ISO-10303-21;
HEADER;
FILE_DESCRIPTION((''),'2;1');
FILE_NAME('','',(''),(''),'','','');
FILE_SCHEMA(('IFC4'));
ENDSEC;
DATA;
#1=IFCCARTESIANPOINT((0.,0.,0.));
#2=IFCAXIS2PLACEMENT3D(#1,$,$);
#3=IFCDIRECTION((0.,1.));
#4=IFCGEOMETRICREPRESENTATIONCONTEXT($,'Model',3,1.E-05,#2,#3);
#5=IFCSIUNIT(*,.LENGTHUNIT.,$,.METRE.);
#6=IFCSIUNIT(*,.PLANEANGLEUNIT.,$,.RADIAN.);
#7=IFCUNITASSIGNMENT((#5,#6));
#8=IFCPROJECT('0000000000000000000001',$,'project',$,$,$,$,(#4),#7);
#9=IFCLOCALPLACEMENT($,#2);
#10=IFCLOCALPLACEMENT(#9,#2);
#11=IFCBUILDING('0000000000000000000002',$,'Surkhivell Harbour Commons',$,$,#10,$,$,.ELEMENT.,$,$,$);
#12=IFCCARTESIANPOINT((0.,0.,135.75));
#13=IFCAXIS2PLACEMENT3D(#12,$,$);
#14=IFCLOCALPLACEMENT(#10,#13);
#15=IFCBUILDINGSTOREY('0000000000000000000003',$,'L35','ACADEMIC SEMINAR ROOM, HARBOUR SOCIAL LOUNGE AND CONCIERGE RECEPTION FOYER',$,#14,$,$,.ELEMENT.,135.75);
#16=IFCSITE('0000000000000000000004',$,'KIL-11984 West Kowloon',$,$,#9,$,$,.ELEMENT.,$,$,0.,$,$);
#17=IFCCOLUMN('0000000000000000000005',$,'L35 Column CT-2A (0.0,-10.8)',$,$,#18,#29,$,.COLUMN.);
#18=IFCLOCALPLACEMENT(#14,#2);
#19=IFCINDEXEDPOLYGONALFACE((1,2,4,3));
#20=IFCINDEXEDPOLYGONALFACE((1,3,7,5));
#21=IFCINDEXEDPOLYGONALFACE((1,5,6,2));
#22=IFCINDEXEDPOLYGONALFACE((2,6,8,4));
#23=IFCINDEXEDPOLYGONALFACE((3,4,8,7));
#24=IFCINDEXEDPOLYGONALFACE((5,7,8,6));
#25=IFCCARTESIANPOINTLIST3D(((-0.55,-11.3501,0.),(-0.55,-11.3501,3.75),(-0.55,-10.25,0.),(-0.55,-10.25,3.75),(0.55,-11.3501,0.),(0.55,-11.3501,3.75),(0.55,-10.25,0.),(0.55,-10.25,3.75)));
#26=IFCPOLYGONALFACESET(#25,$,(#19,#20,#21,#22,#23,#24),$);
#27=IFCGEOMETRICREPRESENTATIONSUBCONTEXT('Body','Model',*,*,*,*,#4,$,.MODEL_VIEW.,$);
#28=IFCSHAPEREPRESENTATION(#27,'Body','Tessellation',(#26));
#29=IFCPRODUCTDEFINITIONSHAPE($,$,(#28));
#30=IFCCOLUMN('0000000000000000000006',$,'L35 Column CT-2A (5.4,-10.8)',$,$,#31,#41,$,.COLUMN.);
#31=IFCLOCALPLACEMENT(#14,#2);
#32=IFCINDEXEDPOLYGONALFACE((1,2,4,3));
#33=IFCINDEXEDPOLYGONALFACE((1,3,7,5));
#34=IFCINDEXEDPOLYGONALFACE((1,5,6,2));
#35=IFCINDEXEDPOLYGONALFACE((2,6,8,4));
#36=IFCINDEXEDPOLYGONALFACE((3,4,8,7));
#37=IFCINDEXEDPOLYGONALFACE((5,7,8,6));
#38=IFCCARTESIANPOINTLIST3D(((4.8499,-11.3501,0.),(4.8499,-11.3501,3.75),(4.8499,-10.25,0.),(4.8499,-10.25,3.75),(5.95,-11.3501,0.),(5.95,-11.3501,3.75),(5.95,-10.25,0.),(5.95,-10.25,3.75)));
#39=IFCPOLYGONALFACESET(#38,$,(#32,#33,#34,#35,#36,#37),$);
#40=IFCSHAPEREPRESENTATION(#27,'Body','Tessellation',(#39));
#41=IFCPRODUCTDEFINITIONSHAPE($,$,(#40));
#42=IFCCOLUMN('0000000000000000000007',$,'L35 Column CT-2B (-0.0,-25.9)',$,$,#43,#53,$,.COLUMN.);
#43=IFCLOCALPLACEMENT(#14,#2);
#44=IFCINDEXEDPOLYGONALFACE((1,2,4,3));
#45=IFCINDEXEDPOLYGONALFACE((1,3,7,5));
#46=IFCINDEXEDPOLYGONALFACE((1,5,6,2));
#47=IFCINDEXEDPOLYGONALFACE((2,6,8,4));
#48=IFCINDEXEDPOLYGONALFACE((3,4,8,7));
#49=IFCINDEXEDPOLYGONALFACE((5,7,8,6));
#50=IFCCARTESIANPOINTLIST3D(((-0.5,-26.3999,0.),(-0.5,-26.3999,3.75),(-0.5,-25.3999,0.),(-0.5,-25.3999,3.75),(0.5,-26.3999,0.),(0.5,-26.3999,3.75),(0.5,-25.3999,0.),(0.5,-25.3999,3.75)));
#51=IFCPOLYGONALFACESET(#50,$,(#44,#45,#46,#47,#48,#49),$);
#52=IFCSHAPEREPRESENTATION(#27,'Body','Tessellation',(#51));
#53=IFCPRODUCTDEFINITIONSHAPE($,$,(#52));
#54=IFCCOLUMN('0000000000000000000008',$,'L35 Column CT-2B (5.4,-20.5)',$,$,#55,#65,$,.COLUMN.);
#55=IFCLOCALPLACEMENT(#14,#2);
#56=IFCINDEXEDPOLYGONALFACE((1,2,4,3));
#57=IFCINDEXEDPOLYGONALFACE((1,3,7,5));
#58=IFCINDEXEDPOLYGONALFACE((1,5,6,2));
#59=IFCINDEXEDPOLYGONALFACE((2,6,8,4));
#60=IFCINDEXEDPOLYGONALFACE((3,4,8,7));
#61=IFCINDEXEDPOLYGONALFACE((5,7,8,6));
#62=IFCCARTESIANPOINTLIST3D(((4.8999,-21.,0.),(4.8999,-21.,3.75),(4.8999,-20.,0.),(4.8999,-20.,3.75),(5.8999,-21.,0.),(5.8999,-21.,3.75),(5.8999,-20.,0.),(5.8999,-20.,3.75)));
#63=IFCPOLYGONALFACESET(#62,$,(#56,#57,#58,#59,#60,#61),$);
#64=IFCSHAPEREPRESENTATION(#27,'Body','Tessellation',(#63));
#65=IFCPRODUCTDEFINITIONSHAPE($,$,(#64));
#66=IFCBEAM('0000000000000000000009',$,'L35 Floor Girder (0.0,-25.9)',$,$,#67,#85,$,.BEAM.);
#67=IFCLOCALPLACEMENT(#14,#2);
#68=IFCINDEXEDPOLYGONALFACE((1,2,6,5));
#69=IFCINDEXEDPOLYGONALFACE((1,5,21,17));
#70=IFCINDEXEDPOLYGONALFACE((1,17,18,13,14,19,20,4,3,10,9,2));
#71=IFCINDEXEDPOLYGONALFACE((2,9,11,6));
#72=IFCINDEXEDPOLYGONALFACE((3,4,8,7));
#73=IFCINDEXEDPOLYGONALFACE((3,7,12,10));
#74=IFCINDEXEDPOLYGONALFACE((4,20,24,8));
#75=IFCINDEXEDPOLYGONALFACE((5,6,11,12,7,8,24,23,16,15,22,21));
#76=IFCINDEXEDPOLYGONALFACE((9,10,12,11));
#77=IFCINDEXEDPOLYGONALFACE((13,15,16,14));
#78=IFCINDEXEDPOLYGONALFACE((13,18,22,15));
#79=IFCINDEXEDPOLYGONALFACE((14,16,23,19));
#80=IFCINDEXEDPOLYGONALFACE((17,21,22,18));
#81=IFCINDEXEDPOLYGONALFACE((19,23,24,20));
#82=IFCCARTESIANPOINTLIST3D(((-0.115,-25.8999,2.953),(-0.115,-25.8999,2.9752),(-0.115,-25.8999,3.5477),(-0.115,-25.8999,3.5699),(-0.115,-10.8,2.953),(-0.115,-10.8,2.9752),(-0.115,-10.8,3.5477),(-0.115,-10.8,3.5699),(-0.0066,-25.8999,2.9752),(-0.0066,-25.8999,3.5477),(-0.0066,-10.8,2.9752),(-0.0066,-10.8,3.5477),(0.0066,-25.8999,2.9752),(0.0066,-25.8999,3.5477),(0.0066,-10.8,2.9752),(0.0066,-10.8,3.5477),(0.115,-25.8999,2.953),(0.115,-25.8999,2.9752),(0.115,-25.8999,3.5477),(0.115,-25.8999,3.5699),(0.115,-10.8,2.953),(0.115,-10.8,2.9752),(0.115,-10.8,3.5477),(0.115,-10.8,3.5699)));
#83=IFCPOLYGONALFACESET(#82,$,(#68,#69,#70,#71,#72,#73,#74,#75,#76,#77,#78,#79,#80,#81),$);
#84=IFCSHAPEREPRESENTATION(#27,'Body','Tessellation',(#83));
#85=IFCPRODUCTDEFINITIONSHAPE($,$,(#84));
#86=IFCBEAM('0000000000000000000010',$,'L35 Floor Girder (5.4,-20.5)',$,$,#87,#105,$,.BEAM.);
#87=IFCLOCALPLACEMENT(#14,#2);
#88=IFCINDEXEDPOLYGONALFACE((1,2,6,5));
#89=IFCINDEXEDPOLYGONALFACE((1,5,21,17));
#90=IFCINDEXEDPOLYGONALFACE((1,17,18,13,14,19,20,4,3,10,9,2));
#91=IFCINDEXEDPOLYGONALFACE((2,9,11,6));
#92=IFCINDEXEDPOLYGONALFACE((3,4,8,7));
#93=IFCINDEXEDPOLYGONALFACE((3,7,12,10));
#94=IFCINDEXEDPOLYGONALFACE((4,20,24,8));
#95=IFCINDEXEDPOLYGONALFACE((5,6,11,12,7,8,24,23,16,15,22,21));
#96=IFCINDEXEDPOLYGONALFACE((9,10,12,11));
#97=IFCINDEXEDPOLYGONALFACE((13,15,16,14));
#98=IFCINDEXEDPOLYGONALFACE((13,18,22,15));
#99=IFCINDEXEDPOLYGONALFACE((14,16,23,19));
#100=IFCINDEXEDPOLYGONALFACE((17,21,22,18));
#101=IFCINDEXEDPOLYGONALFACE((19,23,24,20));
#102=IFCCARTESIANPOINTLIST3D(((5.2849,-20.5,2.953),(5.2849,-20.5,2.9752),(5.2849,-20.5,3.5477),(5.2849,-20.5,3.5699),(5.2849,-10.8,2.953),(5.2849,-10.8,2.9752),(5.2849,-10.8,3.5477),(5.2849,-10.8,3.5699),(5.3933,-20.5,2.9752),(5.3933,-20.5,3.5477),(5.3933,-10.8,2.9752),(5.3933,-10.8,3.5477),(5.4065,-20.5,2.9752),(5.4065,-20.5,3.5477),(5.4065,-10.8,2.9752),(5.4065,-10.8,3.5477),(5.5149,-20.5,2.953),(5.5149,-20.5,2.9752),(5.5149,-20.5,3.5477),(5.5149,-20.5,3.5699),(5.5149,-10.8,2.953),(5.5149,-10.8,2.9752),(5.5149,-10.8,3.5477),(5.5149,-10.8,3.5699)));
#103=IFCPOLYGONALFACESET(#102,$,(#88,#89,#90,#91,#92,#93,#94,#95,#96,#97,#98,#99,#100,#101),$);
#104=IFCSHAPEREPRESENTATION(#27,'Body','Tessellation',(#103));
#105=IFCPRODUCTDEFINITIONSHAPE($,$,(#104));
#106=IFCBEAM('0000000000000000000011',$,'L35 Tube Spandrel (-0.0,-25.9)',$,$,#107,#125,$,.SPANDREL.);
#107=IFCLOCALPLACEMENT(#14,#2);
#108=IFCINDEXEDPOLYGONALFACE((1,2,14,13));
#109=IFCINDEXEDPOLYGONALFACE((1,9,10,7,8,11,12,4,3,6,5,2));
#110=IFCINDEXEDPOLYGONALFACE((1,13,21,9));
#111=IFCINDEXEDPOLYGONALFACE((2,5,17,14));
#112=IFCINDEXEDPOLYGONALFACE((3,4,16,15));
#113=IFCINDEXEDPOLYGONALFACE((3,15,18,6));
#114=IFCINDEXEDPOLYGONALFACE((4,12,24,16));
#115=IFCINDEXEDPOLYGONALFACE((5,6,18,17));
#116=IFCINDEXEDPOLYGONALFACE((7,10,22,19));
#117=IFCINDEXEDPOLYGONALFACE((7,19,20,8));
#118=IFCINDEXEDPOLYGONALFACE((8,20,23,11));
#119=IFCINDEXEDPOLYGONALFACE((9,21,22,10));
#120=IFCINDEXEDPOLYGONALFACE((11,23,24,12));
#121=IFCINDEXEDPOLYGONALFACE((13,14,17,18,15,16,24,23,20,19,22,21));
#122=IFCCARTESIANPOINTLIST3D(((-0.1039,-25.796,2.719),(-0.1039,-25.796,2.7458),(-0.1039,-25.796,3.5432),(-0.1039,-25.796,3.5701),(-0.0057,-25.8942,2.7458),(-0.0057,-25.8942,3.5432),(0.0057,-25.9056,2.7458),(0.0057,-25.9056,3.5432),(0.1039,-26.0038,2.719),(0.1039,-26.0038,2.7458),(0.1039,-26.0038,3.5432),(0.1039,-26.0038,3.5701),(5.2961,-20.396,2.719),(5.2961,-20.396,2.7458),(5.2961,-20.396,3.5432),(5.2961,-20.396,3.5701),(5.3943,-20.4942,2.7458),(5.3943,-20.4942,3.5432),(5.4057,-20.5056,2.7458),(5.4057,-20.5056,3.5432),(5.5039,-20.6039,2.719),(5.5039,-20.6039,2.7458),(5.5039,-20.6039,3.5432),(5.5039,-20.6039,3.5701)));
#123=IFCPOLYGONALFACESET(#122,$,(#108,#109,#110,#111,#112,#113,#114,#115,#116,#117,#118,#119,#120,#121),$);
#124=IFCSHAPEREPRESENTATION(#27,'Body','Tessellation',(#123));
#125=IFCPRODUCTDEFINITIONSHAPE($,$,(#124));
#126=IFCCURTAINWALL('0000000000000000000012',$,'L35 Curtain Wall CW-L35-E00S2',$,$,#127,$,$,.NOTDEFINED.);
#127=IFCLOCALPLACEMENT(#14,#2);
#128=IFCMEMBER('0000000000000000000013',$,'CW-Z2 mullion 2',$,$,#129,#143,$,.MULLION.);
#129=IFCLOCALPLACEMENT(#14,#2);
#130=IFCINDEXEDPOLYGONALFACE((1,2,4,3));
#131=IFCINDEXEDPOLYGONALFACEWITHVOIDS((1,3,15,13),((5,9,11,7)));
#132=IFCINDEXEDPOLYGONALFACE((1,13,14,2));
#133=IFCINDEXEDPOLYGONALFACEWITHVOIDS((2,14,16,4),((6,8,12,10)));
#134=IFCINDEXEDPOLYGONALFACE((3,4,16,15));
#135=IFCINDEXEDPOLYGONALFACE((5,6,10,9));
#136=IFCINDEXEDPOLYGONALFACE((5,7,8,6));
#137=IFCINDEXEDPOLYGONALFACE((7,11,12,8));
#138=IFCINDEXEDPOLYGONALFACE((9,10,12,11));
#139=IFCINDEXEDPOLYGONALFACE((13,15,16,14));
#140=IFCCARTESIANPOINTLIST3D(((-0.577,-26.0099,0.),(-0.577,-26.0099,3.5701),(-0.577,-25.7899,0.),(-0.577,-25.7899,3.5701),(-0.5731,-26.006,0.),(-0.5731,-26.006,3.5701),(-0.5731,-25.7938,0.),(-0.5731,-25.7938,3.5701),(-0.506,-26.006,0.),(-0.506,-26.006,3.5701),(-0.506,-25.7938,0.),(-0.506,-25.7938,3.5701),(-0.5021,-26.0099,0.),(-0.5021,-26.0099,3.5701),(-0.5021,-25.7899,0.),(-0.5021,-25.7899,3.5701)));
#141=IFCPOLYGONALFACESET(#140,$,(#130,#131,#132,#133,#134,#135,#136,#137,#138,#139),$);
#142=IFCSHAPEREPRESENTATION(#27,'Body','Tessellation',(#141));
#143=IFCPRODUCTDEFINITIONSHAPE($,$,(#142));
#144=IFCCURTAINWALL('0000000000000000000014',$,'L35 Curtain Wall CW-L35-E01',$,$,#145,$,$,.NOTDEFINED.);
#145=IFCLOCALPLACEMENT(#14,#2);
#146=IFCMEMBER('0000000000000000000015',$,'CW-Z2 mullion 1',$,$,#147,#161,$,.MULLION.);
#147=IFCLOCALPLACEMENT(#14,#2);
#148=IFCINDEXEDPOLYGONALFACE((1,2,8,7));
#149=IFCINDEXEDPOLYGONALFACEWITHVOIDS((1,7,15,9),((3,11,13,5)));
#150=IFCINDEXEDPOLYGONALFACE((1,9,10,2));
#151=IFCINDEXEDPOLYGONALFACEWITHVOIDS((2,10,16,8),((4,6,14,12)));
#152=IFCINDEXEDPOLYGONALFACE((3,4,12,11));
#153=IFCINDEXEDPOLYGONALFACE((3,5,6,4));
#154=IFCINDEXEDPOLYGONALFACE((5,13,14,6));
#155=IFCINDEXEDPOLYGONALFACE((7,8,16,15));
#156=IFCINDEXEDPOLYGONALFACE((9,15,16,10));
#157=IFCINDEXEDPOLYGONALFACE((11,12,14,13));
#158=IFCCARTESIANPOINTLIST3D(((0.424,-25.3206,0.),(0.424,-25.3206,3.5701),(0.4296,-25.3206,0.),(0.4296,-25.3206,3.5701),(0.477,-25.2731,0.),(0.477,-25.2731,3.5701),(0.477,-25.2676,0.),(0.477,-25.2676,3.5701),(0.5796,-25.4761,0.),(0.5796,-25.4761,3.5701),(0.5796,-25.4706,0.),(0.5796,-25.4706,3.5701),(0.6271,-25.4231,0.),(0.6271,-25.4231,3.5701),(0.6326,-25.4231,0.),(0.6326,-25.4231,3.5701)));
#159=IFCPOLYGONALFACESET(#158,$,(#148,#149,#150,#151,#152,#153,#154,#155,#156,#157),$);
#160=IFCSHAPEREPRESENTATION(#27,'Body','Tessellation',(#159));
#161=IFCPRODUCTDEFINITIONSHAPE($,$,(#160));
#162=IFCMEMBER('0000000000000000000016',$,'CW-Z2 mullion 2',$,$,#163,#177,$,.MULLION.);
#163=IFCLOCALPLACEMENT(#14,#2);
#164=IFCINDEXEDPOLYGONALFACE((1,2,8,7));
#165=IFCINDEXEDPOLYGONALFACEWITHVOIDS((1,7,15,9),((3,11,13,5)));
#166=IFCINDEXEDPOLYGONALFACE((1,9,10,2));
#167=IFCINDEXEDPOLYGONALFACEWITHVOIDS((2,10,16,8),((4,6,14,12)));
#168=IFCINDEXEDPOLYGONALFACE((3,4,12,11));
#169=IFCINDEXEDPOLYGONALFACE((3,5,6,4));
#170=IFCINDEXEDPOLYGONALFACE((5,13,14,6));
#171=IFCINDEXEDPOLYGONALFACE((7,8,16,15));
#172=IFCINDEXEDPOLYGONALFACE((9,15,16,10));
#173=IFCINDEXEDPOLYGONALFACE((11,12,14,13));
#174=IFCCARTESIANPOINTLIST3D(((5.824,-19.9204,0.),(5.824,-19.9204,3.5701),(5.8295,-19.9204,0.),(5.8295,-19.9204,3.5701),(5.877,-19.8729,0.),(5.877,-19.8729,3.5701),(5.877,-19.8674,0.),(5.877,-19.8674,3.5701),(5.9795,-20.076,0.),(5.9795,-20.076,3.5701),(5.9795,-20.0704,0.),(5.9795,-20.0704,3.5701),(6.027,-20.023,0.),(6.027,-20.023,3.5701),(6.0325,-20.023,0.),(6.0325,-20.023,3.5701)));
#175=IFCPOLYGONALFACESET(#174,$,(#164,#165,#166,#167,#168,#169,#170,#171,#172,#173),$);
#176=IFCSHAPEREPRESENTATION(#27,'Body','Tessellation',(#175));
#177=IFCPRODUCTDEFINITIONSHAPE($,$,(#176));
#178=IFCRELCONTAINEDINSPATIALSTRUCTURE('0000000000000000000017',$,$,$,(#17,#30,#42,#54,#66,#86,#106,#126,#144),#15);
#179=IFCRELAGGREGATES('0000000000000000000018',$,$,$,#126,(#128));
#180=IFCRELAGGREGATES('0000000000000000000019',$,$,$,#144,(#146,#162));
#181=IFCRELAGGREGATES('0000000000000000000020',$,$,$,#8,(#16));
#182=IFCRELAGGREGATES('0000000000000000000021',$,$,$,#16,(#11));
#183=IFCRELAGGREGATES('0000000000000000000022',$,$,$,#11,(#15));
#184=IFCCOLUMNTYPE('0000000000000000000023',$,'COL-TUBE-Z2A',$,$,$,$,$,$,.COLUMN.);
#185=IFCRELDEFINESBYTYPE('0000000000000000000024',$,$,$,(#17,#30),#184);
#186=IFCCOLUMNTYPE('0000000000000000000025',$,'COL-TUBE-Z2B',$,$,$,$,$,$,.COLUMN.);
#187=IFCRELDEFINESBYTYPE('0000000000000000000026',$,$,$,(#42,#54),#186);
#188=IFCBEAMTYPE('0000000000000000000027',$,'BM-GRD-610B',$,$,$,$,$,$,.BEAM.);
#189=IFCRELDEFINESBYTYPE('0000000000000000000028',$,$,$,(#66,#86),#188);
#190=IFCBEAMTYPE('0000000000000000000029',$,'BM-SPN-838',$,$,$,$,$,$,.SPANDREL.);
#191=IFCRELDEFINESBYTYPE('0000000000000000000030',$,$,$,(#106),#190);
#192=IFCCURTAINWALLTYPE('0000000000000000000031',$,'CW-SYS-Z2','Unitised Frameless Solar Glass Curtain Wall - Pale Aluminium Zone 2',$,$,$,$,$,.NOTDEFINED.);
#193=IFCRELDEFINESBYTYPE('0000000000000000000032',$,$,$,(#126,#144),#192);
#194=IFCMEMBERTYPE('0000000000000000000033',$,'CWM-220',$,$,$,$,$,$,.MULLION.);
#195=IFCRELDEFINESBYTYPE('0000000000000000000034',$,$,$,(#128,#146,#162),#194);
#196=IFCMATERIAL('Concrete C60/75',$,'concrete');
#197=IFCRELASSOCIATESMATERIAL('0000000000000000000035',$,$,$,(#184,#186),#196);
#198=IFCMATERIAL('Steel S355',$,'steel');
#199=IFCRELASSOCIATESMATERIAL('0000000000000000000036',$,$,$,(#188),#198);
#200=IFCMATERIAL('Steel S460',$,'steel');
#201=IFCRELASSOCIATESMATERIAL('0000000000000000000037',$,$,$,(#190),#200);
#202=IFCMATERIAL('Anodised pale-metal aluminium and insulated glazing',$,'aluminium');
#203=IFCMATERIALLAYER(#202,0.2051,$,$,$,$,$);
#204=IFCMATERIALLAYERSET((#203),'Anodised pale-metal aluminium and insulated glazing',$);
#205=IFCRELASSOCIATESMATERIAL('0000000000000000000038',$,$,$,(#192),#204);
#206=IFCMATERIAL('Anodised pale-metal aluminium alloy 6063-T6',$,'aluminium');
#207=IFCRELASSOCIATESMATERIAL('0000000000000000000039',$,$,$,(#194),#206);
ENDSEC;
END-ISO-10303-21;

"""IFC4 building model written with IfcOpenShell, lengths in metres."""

from ifc_helpers import new_model, si_unit, direction, frame, origin, origin_2d, place, context, subcontext, project, spatial, rectangle, hollow_rectangle, i_section, extrude, material, layer, layer_set, material_profile, profile_set, type_object, element, aggregate, save


model = new_model("IFC4")

# Units and contexts
model_context = context("Model", 3, precision=1e-05, world=origin(), true_north=direction((0.0, 1.0)))
body_context = subcontext(model_context, "Body", "Model", "MODEL_VIEW")
ifc_project = project(units=[si_unit("LENGTHUNIT", "METRE"), si_unit("PLANEANGLEUNIT", "RADIAN")], contexts=[model_context])

# Site, building, storey
site_placement = place(None, origin())
site = spatial("IfcSite", under=ifc_project, at=site_placement, Name="KIL-11984 West Kowloon", CompositionType="ELEMENT", RefElevation=0.0)
building_placement = place(site_placement, origin())
building = spatial("IfcBuilding", under=site, at=building_placement, Name="Surkhivell Harbour Commons", CompositionType="ELEMENT")
storey_placement = place(building_placement, frame((0.0, 0.0, 135.75)))
storey = spatial("IfcBuildingStorey", under=building, at=storey_placement, Name="L35", Description="ACADEMIC SEMINAR ROOM, HARBOUR SOCIAL LOUNGE AND CONCIERGE RECEPTION FOYER", CompositionType="ELEMENT", Elevation=135.75)

# Columns
ifc_material_1 = material(Name="Concrete C60/75", Category="concrete")
ifc_material_profile_1 = material_profile(ifc_material_1, rectangle(XDim=1.1001, YDim=1.1001, at=origin_2d()), Name="RC-COL-1100x1100")
ifc_profile_set_1 = profile_set([ifc_material_profile_1], Name="Concrete C60/75")
column_type_1 = type_object("IfcColumnType", Name="COL-TUBE-Z2A", PredefinedType="COLUMN", material=ifc_profile_set_1)
for number, where, z_axis, x_axis, name in (
    (1, (0.0, -10.8, 0.0), (0.0, 0.0, 1.0), (1.0, 0.0, 0.0), "L35 Column CT-2A (0.0,-10.8)"),
    (2, (5.3999, -10.8, 0.0), (0.0, 0.0, 1.0), (1.0, 0.0, 0.0), "L35 Column CT-2A (5.4,-10.8)"),
):
    element("IfcColumn", number, at=place(storey_placement, frame(where, z_axis=z_axis, x_axis=x_axis)), inside=storey, type_object=column_type_1, Name=name, PredefinedType="COLUMN", context=body_context, shape_type="SweptSolid", body=[
        extrude(rectangle(XDim=1.1001, YDim=1.1001, at=origin_2d()), origin(), (0.0, 0.0, 1.0), 3.75),
    ])
ifc_material_profile_2 = material_profile(ifc_material_1, rectangle(XDim=1.0, YDim=1.0, at=origin_2d()), Name="RC-COL-1000x1000")
ifc_profile_set_2 = profile_set([ifc_material_profile_2], Name="Concrete C60/75")
column_type_2 = type_object("IfcColumnType", Name="COL-TUBE-Z2B", PredefinedType="COLUMN", material=ifc_profile_set_2)
for number, where, z_axis, x_axis, name in (
    (3, (0.0, -25.8999, 0.0), (0.0, 0.0, 1.0), (1.0, 0.0, 0.0), "L35 Column CT-2B (-0.0,-25.9)"),
    (4, (5.3999, -20.5, 0.0), (0.0, 0.0, 1.0), (1.0, 0.0, 0.0), "L35 Column CT-2B (5.4,-20.5)"),
):
    element("IfcColumn", number, at=place(storey_placement, frame(where, z_axis=z_axis, x_axis=x_axis)), inside=storey, type_object=column_type_2, Name=name, PredefinedType="COLUMN", context=body_context, shape_type="SweptSolid", body=[
        extrude(rectangle(XDim=1.0, YDim=1.0, at=origin_2d()), origin(), (0.0, 0.0, 1.0), 3.75),
    ])

# Beams
ifc_material_2 = material(Name="Steel S355", Category="steel")
ifc_material_profile_3 = material_profile(ifc_material_2, i_section(OverallWidth=0.23, OverallDepth=0.6169, WebThickness=0.0132, FlangeThickness=0.0222, at=origin_2d()), Name="UB610x229x140")
ifc_profile_set_3 = profile_set([ifc_material_profile_3], Name="Steel S355")
beam_type_1 = type_object("IfcBeamType", Name="BM-GRD-610B", PredefinedType="BEAM", material=ifc_profile_set_3)
beam_1_placement = place(storey_placement, frame((0.0, -25.8999, 3.2615), z_axis=(0.0, 1.0, 0.0), x_axis=(-1.0, 0.0, 0.0)))
element("IfcBeam", 5, at=beam_1_placement, inside=storey, type_object=beam_type_1, Name="L35 Floor Girder (0.0,-25.9)", PredefinedType="BEAM", context=body_context, shape_type="SweptSolid", body=[
    extrude(i_section(OverallWidth=0.23, OverallDepth=0.6169, WebThickness=0.0132, FlangeThickness=0.0222, at=origin_2d()), origin(), (0.0, 0.0, 1.0), 15.0999),
])
beam_2_placement = place(storey_placement, frame((5.3999, -20.5, 3.2615), z_axis=(0.0, 1.0, 0.0), x_axis=(-1.0, 0.0, 0.0)))
element("IfcBeam", 6, at=beam_2_placement, inside=storey, type_object=beam_type_1, Name="L35 Floor Girder (5.4,-20.5)", PredefinedType="BEAM", context=body_context, shape_type="SweptSolid", body=[
    extrude(i_section(OverallWidth=0.23, OverallDepth=0.6169, WebThickness=0.0132, FlangeThickness=0.0222, at=origin_2d()), origin(), (0.0, 0.0, 1.0), 9.7),
])
ifc_material_3 = material(Name="Steel S460", Category="steel")
ifc_material_profile_4 = material_profile(ifc_material_3, i_section(OverallWidth=0.2939, OverallDepth=0.8511, WebThickness=0.0161, FlangeThickness=0.0269, at=origin_2d()), Name="UB838x292x226")
ifc_profile_set_4 = profile_set([ifc_material_profile_4], Name="Steel S460")
beam_type_2 = type_object("IfcBeamType", Name="BM-SPN-838", PredefinedType="SPANDREL", material=ifc_profile_set_4)
beam_3_placement = place(storey_placement, frame((0.0, -25.8999, 3.1445), z_axis=(0.707107, 0.707107, 0.0), x_axis=(-0.707107, 0.707107, 0.0)))
element("IfcBeam", 7, at=beam_3_placement, inside=storey, type_object=beam_type_2, Name="L35 Tube Spandrel (-0.0,-25.9)", PredefinedType="SPANDREL", context=body_context, shape_type="SweptSolid", body=[
    extrude(i_section(OverallWidth=0.2939, OverallDepth=0.8511, WebThickness=0.0161, FlangeThickness=0.0269, at=origin_2d()), origin(), (0.0, 0.0, 1.0), 7.6367),
])

# Curtain wall, member
ifc_material_4 = material(Name="Anodised pale-metal aluminium and insulated glazing", Category="aluminium")
ifc_layer_1 = layer(ifc_material_4, 0.2051)
ifc_layer_set_1 = layer_set([ifc_layer_1], Name="Anodised pale-metal aluminium and insulated glazing")
curtain_wall_type = type_object("IfcCurtainWallType", Name="CW-SYS-Z2", Description="Unitised Frameless Solar Glass Curtain Wall - Pale Aluminium Zone 2", PredefinedType="NOTDEFINED", material=ifc_layer_set_1)
curtain_wall_1_placement = place(storey_placement, origin())
curtain_wall_1 = element("IfcCurtainWall", 8, at=curtain_wall_1_placement, inside=storey, type_object=curtain_wall_type, Name="L35 Curtain Wall CW-L35-E00S2", PredefinedType="NOTDEFINED")
ifc_material_5 = material(Name="Anodised pale-metal aluminium alloy 6063-T6", Category="aluminium")
ifc_material_profile_5 = material_profile(ifc_material_5, hollow_rectangle(XDim=0.075, YDim=0.22, WallThickness=0.0039, at=origin_2d()), Name="ALU-MULL-75x220")
ifc_profile_set_5 = profile_set([ifc_material_profile_5], Name="Anodised pale-metal aluminium alloy 6063-T6")
member_type_1 = type_object("IfcMemberType", Name="CWM-220", PredefinedType="MULLION", material=ifc_profile_set_5)
member_1_placement = place(storey_placement, frame((-0.5396, -25.8999, 0.0), z_axis=(0.0, 0.0, 1.0), x_axis=(1.0, 0.0, 0.0)))
member_1 = element("IfcMember", 9, at=member_1_placement, type_object=member_type_1, Name="CW-Z2 mullion 2", PredefinedType="MULLION", context=body_context, shape_type="SweptSolid", body=[
    extrude(hollow_rectangle(XDim=0.075, YDim=0.22, WallThickness=0.0039, at=origin_2d()), origin(), (0.0, 0.0, 1.0), 3.5701),
])
aggregate(curtain_wall_1, [member_1])

# Curtain wall, members
curtain_wall_2_placement = place(storey_placement, origin())
curtain_wall_2 = element("IfcCurtainWall", 10, at=curtain_wall_2_placement, inside=storey, type_object=curtain_wall_type, Name="L35 Curtain Wall CW-L35-E01", PredefinedType="NOTDEFINED")
member_2_placement = place(storey_placement, frame((0.5283, -25.3718, 0.0), z_axis=(0.0, 0.0, 1.0), x_axis=(0.707107, 0.707107, 0.0)))
member_2 = element("IfcMember", 11, at=member_2_placement, type_object=member_type_1, Name="CW-Z2 mullion 1", PredefinedType="MULLION", context=body_context, shape_type="SweptSolid", body=[
    extrude(hollow_rectangle(XDim=0.075, YDim=0.22, WallThickness=0.0039, at=origin_2d()), origin(), (0.0, 0.0, 1.0), 3.5701),
])
member_3_placement = place(storey_placement, frame((5.9282, -19.9717, 0.0), z_axis=(0.0, 0.0, 1.0), x_axis=(0.707107, 0.707107, 0.0)))
member_3 = element("IfcMember", 12, at=member_3_placement, type_object=member_type_1, Name="CW-Z2 mullion 2", PredefinedType="MULLION", context=body_context, shape_type="SweptSolid", body=[
    extrude(hollow_rectangle(XDim=0.075, YDim=0.22, WallThickness=0.0039, at=origin_2d()), origin(), (0.0, 0.0, 1.0), 3.5701),
])
aggregate(curtain_wall_2, [member_2, member_3])

save(model, "model.ifc")
